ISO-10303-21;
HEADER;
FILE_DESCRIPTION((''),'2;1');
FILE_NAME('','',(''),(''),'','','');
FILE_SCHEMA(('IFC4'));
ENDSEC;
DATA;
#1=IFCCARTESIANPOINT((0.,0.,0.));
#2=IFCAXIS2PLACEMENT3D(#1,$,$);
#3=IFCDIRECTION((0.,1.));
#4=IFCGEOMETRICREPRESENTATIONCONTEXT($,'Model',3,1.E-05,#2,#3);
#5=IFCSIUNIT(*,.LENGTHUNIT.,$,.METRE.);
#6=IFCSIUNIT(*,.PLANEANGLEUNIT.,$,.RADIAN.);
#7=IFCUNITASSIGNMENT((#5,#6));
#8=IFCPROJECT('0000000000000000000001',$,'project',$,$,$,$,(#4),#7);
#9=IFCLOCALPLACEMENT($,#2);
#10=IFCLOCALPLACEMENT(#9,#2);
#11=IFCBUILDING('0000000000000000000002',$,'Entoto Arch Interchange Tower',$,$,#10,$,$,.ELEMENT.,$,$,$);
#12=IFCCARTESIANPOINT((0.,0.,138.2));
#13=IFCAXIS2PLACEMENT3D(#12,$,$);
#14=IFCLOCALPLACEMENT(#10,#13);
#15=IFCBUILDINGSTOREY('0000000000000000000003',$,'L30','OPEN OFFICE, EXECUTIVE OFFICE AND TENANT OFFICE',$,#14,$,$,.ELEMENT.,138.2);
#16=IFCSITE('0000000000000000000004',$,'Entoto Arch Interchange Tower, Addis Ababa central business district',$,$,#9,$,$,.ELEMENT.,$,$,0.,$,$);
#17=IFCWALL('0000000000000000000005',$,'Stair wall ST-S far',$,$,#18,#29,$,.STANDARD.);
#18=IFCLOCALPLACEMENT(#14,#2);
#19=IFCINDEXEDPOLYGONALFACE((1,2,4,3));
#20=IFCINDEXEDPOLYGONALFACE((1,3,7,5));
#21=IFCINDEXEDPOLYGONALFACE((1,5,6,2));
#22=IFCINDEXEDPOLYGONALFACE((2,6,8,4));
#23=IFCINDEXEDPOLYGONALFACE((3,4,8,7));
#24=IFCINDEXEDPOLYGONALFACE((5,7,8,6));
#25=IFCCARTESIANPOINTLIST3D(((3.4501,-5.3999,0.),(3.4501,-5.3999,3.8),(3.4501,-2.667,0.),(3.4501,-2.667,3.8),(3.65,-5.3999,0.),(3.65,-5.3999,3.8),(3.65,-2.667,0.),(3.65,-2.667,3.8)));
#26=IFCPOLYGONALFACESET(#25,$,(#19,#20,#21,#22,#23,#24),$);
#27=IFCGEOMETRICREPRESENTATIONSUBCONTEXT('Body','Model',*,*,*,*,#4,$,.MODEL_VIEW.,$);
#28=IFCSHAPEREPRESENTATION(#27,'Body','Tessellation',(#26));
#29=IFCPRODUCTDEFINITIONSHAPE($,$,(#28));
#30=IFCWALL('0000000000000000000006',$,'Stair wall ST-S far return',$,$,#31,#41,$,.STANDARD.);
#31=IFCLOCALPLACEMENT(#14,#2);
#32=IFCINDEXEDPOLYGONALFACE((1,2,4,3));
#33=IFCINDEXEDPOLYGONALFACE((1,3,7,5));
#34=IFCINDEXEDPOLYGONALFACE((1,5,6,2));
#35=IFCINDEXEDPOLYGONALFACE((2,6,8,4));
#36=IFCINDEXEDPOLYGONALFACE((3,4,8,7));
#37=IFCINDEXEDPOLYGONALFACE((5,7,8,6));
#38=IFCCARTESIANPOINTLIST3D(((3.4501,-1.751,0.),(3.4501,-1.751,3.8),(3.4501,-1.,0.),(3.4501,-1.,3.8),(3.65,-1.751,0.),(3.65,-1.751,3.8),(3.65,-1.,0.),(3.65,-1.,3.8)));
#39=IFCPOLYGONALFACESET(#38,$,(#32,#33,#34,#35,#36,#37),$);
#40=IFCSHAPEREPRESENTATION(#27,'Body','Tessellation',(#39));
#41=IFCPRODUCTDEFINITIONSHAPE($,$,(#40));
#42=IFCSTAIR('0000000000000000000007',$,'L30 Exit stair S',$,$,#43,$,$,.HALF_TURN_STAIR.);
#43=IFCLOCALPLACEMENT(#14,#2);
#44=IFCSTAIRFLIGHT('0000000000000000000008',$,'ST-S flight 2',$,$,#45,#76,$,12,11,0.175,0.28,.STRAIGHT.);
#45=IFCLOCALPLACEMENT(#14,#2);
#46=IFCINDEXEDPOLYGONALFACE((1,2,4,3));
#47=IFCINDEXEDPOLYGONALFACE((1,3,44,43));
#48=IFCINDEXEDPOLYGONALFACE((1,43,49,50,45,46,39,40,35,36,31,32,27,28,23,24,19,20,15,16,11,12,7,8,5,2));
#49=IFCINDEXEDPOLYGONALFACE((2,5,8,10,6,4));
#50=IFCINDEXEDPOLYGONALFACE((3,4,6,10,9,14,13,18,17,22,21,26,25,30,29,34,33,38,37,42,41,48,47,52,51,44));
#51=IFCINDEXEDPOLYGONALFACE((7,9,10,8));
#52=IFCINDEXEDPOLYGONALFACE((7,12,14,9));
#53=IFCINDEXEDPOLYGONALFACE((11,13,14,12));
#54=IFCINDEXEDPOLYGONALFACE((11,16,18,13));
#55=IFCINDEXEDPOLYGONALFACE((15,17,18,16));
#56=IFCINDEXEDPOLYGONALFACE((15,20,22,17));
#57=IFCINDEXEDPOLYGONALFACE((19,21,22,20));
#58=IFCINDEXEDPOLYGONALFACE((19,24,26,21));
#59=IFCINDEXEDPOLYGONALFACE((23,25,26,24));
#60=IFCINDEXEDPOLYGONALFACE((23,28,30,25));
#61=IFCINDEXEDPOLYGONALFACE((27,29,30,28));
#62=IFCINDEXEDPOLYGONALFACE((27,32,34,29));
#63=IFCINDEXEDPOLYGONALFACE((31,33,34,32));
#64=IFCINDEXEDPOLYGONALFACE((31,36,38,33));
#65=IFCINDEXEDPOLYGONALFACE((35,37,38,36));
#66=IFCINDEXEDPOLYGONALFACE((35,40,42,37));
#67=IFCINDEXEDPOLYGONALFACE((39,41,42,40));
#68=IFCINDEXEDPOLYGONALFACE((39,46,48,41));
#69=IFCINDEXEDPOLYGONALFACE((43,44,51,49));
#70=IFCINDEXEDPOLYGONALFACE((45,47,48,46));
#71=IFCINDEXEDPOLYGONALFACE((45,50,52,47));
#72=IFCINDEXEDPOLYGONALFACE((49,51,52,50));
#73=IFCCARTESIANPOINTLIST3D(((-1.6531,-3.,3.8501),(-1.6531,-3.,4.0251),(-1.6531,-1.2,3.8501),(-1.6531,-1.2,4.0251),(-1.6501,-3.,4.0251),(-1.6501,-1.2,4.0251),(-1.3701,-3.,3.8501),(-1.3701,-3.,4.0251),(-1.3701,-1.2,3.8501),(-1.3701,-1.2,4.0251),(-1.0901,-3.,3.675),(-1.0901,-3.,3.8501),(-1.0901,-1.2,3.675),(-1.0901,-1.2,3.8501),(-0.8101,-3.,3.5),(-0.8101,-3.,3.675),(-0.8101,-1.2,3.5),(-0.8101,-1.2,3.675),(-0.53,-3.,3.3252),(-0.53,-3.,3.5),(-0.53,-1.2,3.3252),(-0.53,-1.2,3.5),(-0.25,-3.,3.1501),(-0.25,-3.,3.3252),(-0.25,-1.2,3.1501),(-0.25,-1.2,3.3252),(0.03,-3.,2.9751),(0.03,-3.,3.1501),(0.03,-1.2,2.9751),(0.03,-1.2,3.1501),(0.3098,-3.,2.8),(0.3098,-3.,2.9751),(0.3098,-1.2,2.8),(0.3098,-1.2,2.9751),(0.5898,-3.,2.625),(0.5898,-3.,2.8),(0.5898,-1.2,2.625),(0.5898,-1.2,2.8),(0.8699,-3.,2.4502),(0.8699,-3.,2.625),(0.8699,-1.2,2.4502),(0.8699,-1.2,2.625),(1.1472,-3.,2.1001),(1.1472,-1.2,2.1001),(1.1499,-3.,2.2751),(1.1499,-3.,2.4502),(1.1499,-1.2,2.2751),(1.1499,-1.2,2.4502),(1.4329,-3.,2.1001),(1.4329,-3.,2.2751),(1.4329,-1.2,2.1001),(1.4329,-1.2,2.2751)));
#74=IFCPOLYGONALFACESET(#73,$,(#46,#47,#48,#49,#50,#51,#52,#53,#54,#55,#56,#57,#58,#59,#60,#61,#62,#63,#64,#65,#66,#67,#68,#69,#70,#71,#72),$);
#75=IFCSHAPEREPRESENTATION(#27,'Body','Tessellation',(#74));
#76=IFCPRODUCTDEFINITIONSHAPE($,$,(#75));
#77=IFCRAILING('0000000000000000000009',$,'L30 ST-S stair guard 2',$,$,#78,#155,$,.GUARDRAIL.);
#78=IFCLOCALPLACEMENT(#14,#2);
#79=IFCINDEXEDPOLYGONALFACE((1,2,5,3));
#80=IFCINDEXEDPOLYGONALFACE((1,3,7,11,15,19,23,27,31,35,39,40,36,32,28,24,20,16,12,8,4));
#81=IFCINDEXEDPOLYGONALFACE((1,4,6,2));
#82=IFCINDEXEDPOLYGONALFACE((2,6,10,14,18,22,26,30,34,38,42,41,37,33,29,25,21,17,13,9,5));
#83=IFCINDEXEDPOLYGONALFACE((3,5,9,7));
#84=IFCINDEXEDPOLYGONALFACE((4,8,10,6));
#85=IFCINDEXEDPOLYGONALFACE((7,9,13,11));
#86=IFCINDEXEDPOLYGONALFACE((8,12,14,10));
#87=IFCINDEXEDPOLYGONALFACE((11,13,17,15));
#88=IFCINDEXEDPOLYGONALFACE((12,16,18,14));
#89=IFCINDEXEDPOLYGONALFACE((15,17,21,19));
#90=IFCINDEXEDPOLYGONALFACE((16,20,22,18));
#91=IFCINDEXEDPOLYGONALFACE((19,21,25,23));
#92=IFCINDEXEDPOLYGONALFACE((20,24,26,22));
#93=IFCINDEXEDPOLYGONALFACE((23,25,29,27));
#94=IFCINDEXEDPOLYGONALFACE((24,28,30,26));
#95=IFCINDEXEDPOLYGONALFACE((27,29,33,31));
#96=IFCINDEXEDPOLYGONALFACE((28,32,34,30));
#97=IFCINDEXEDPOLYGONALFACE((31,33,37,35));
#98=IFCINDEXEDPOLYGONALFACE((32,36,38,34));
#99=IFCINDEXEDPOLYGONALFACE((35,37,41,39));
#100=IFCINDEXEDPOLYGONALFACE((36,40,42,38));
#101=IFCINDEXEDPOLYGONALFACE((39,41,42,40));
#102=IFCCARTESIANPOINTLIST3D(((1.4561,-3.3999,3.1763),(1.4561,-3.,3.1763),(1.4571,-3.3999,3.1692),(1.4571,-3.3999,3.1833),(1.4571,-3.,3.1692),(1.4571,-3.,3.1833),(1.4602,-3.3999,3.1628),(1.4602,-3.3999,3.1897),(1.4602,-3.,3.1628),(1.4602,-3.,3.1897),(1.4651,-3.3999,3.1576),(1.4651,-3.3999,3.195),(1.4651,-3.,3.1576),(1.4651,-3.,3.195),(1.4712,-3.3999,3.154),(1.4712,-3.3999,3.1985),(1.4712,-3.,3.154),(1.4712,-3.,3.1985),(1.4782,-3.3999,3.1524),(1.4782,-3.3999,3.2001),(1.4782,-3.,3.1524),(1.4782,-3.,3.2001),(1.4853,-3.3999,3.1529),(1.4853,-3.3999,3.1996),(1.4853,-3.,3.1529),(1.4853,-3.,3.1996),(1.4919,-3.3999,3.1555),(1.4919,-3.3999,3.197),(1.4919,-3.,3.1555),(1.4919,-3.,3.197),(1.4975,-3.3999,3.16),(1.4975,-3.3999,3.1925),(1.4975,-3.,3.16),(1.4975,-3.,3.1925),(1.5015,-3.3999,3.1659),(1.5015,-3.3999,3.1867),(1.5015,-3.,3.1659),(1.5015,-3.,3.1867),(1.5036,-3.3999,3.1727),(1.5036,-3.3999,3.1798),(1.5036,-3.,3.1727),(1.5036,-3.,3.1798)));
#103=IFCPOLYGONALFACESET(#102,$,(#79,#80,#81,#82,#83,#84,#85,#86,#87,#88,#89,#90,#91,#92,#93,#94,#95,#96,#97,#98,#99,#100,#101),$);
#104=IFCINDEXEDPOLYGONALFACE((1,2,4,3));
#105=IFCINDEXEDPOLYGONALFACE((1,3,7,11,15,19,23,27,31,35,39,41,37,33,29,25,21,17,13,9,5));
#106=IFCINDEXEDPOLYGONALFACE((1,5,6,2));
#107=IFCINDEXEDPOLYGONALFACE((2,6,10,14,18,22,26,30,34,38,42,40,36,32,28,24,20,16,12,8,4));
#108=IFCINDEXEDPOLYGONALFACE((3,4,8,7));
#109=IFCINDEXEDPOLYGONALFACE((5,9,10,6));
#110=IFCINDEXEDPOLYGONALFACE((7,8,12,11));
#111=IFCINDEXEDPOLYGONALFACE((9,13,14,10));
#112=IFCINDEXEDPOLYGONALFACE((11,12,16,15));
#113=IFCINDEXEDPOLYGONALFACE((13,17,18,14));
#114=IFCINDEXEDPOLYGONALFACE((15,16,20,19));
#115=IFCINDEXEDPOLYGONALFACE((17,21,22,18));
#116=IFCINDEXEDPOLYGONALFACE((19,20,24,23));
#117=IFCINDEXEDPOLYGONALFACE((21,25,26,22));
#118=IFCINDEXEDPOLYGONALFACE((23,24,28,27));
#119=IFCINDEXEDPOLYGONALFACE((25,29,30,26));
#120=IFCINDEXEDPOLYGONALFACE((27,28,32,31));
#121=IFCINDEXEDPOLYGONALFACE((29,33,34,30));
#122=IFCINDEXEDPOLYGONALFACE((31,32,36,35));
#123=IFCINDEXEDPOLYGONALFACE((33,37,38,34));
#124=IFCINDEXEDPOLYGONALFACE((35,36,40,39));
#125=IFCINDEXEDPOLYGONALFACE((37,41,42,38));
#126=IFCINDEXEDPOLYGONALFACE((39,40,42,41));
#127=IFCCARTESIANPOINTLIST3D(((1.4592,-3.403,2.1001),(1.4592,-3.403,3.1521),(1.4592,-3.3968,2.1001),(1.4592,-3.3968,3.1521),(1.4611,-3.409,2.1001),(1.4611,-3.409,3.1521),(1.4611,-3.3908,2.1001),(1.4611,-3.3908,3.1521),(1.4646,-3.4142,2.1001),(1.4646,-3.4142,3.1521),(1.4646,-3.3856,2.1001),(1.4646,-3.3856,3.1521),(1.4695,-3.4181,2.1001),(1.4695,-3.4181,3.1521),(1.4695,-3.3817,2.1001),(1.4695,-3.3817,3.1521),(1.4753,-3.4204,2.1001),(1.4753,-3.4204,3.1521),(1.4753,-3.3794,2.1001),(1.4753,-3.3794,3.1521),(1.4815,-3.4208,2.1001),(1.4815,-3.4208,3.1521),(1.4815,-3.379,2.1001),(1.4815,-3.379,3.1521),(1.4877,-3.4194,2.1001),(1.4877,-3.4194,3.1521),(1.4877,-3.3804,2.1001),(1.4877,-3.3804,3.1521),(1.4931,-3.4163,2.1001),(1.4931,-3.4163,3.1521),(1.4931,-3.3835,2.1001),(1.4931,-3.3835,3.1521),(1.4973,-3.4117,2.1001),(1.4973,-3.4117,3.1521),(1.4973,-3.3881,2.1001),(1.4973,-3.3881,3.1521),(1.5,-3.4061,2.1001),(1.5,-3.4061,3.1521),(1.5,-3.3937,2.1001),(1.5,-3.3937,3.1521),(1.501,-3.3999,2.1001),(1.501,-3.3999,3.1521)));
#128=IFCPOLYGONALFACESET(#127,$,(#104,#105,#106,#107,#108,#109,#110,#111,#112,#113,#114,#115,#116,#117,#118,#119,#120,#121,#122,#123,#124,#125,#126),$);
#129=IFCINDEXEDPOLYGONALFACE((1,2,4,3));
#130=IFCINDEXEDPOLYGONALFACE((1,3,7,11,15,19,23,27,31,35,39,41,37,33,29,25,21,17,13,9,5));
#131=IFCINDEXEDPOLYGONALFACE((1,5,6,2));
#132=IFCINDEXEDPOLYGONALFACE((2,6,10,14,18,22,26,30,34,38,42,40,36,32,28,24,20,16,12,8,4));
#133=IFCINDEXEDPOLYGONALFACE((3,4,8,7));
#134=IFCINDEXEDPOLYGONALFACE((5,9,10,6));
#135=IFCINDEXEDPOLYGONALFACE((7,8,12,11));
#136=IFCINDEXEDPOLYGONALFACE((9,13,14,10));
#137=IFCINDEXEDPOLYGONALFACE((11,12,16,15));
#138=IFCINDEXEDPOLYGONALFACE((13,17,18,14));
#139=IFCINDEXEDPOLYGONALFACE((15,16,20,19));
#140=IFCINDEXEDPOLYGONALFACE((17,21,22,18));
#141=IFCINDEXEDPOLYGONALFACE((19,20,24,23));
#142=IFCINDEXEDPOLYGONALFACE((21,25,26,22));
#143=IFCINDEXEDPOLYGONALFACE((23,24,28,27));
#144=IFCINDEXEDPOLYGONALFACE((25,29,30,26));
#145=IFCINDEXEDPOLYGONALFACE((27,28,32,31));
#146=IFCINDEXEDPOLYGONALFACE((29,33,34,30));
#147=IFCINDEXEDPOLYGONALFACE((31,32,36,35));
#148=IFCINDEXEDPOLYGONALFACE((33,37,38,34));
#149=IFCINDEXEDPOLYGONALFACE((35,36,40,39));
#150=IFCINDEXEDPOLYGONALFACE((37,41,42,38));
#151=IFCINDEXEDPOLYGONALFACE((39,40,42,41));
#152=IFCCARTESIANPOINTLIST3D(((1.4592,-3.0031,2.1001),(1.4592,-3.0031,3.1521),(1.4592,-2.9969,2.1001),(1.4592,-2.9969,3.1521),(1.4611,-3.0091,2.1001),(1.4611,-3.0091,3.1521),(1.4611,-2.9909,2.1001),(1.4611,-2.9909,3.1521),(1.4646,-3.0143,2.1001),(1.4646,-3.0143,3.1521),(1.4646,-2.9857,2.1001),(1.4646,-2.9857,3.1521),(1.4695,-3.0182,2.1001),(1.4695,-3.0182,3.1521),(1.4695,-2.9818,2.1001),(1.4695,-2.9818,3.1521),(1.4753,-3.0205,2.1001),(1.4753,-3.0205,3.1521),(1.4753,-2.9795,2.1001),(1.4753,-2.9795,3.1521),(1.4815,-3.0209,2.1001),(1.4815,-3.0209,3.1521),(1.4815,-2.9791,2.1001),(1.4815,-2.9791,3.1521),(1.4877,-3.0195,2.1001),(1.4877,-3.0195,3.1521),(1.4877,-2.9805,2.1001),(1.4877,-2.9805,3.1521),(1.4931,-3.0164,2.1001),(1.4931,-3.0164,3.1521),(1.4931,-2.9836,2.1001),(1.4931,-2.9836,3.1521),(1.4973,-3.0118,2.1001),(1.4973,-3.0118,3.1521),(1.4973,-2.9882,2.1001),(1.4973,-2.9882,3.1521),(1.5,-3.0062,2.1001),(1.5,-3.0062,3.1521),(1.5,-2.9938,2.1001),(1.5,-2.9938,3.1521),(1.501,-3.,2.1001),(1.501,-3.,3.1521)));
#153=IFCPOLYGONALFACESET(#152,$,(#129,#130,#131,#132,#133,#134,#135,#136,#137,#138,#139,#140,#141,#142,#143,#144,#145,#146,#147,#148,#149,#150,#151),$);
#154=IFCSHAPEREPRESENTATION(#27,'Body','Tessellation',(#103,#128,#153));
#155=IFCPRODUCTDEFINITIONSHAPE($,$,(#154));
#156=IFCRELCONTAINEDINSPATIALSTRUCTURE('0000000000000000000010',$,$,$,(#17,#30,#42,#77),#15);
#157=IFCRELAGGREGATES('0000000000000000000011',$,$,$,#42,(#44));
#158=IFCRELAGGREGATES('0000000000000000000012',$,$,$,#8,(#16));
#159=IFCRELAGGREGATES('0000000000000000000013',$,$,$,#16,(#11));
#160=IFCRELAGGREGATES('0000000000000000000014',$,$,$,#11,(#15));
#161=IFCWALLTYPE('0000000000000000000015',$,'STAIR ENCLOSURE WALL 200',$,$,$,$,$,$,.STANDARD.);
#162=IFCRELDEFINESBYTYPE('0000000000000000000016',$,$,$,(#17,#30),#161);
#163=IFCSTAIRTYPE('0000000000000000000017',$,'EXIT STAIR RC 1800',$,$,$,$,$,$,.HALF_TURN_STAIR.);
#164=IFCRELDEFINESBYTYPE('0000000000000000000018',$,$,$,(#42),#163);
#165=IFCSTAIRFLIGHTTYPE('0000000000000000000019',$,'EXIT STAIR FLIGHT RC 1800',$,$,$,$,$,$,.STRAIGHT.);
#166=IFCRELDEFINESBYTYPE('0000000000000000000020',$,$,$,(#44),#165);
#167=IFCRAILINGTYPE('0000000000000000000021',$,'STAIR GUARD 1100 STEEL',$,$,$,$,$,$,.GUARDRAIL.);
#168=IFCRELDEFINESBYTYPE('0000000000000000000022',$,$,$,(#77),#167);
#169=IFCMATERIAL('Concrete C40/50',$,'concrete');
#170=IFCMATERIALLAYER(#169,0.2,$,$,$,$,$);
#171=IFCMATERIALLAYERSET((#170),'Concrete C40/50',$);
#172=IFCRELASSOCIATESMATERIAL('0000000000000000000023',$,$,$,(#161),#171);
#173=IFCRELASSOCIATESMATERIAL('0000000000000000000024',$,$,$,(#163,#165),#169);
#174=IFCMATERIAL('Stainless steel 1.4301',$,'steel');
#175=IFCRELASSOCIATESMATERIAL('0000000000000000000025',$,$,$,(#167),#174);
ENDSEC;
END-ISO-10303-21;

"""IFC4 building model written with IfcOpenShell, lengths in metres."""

from ifc_helpers import new_model, si_unit, direction, frame, frame_2d, origin, origin_2d, place, context, subcontext, project, spatial, polyline, rectangle, circle, outline, extrude, material, layer, layer_set, type_object, element, aggregate, save


model = new_model("IFC4")

# Units and contexts
model_context = context("Model", 3, precision=1e-05, world=origin(), true_north=direction((0.0, 1.0)))
body_context = subcontext(model_context, "Body", "Model", "MODEL_VIEW")
ifc_project = project(units=[si_unit("LENGTHUNIT", "METRE"), si_unit("PLANEANGLEUNIT", "RADIAN")], contexts=[model_context])

# Site, building, storey
site_placement = place(None, origin())
site = spatial("IfcSite", under=ifc_project, at=site_placement, Name="Entoto Arch Interchange Tower, Addis Ababa central business district", CompositionType="ELEMENT", RefElevation=0.0)
building_placement = place(site_placement, origin())
building = spatial("IfcBuilding", under=site, at=building_placement, Name="Entoto Arch Interchange Tower", CompositionType="ELEMENT")
storey_placement = place(building_placement, frame((0.0, 0.0, 138.2)))
storey = spatial("IfcBuildingStorey", under=building, at=storey_placement, Name="L30", Description="OPEN OFFICE, EXECUTIVE OFFICE AND TENANT OFFICE", CompositionType="ELEMENT", Elevation=138.2)

# Shared definitions
ifc_material_1 = material(Name="Concrete C40/50", Category="concrete")

# Walls
ifc_layer_1 = layer(ifc_material_1, 0.2)
ifc_layer_set_1 = layer_set([ifc_layer_1], Name="Concrete C40/50")
wall_type_1 = type_object("IfcWallType", Name="STAIR ENCLOSURE WALL 200", PredefinedType="STANDARD", material=ifc_layer_set_1)
wall_1_placement = place(storey_placement, frame((3.55, -2.667, 0.0), z_axis=(0.0, 0.0, 1.0), x_axis=(0.0, -1.0, 0.0)))
element("IfcWall", 1, at=wall_1_placement, inside=storey, type_object=wall_type_1, Name="Stair wall ST-S far", PredefinedType="STANDARD", context=body_context, shape_type="SweptSolid", body=[
    extrude(rectangle(XDim=2.7329, YDim=0.2, at=frame_2d((1.3665, 0.0))), origin(), (0.0, 0.0, 1.0), 3.8),
])
wall_2_placement = place(storey_placement, frame((3.55, -1.0, 0.0), z_axis=(0.0, 0.0, 1.0), x_axis=(0.0, -1.0, 0.0)))
element("IfcWall", 2, at=wall_2_placement, inside=storey, type_object=wall_type_1, Name="Stair wall ST-S far return", PredefinedType="STANDARD", context=body_context, shape_type="SweptSolid", body=[
    extrude(rectangle(XDim=0.751, YDim=0.2, at=frame_2d((0.3755, 0.0))), origin(), (0.0, 0.0, 1.0), 3.8),
])

# Stair, stair flight
stair_type = type_object("IfcStairType", Name="EXIT STAIR RC 1800", PredefinedType="HALF_TURN_STAIR", material=ifc_material_1)
stair_placement = place(storey_placement, origin())
stair = element("IfcStair", 3, at=stair_placement, inside=storey, type_object=stair_type, Name="L30 Exit stair S", PredefinedType="HALF_TURN_STAIR")
stair_flight_type = type_object("IfcStairFlightType", Name="EXIT STAIR FLIGHT RC 1800", PredefinedType="STRAIGHT", material=ifc_material_1)
stair_flight_placement = place(storey_placement, frame((1.4299, -2.1001, 2.1001), z_axis=(0.0, 0.0, 1.0), x_axis=(-1.0, 0.0, 0.0)))
stair_flight = element("IfcStairFlight", 4, at=stair_flight_placement, type_object=stair_flight_type, Name="ST-S flight 2", NumberOfRisers=12, NumberOfTreads=11, PredefinedType="STRAIGHT", RiserHeight=0.175, TreadLength=0.28, context=body_context, shape_type="SweptSolid", body=[
    extrude(outline(polyline([(-0.0029, 0.0), (-0.0029, 0.175), (0.28, 0.175), (0.28, 0.3501), (0.5601, 0.3501), (0.5601, 0.5249), (0.8401, 0.5249), (0.8401, 0.7), (1.1201, 0.7), (1.1201, 0.875), (1.3999, 0.875), (1.3999, 1.05), (1.6799, 1.05), (1.6799, 1.2251), (1.96, 1.2251), (1.96, 1.3999), (2.24, 1.3999), (2.24, 1.575), (2.52, 1.575), (2.52, 1.75), (2.8, 1.75), (2.8, 1.925), (3.0801, 1.925), (3.083, 1.925), (3.083, 1.75), (0.2827, 0.0), (-0.0029, 0.0)])), frame((0.0, 0.8999, 0.0), z_axis=(0.0, -1.0, 0.0), x_axis=(1.0, 0.0, 0.0)), (0.0, 0.0, 1.0), 1.8),
])
aggregate(stair, [stair_flight])

# Railing
ifc_material_2 = material(Name="Stainless steel 1.4301", Category="steel")
railing_type_1 = type_object("IfcRailingType", Name="STAIR GUARD 1100 STEEL", PredefinedType="GUARDRAIL", material=ifc_material_2)
railing_1_placement = place(storey_placement, frame((1.48, -3.3999, 2.1001)))
element("IfcRailing", 5, at=railing_1_placement, inside=storey, type_object=railing_type_1, Name="L30 ST-S stair guard 2", PredefinedType="GUARDRAIL", context=body_context, shape_type="SweptSolid", body=[
    extrude(circle(Radius=0.0239, at=origin_2d()), frame((0.0, 0.0, 1.0762), z_axis=(0.0, 1.0, 0.0), x_axis=(-1.0, 0.0, 0.0)), (0.0, 0.0, 1.0), 0.3999),
    extrude(circle(Radius=0.021, at=origin_2d()), origin(), (0.0, 0.0, 1.0), 1.052),
    extrude(circle(Radius=0.021, at=origin_2d()), frame((0.0, 0.3999, 0.0)), (0.0, 0.0, 1.0), 1.052),
])

save(model, "model.ifc")
